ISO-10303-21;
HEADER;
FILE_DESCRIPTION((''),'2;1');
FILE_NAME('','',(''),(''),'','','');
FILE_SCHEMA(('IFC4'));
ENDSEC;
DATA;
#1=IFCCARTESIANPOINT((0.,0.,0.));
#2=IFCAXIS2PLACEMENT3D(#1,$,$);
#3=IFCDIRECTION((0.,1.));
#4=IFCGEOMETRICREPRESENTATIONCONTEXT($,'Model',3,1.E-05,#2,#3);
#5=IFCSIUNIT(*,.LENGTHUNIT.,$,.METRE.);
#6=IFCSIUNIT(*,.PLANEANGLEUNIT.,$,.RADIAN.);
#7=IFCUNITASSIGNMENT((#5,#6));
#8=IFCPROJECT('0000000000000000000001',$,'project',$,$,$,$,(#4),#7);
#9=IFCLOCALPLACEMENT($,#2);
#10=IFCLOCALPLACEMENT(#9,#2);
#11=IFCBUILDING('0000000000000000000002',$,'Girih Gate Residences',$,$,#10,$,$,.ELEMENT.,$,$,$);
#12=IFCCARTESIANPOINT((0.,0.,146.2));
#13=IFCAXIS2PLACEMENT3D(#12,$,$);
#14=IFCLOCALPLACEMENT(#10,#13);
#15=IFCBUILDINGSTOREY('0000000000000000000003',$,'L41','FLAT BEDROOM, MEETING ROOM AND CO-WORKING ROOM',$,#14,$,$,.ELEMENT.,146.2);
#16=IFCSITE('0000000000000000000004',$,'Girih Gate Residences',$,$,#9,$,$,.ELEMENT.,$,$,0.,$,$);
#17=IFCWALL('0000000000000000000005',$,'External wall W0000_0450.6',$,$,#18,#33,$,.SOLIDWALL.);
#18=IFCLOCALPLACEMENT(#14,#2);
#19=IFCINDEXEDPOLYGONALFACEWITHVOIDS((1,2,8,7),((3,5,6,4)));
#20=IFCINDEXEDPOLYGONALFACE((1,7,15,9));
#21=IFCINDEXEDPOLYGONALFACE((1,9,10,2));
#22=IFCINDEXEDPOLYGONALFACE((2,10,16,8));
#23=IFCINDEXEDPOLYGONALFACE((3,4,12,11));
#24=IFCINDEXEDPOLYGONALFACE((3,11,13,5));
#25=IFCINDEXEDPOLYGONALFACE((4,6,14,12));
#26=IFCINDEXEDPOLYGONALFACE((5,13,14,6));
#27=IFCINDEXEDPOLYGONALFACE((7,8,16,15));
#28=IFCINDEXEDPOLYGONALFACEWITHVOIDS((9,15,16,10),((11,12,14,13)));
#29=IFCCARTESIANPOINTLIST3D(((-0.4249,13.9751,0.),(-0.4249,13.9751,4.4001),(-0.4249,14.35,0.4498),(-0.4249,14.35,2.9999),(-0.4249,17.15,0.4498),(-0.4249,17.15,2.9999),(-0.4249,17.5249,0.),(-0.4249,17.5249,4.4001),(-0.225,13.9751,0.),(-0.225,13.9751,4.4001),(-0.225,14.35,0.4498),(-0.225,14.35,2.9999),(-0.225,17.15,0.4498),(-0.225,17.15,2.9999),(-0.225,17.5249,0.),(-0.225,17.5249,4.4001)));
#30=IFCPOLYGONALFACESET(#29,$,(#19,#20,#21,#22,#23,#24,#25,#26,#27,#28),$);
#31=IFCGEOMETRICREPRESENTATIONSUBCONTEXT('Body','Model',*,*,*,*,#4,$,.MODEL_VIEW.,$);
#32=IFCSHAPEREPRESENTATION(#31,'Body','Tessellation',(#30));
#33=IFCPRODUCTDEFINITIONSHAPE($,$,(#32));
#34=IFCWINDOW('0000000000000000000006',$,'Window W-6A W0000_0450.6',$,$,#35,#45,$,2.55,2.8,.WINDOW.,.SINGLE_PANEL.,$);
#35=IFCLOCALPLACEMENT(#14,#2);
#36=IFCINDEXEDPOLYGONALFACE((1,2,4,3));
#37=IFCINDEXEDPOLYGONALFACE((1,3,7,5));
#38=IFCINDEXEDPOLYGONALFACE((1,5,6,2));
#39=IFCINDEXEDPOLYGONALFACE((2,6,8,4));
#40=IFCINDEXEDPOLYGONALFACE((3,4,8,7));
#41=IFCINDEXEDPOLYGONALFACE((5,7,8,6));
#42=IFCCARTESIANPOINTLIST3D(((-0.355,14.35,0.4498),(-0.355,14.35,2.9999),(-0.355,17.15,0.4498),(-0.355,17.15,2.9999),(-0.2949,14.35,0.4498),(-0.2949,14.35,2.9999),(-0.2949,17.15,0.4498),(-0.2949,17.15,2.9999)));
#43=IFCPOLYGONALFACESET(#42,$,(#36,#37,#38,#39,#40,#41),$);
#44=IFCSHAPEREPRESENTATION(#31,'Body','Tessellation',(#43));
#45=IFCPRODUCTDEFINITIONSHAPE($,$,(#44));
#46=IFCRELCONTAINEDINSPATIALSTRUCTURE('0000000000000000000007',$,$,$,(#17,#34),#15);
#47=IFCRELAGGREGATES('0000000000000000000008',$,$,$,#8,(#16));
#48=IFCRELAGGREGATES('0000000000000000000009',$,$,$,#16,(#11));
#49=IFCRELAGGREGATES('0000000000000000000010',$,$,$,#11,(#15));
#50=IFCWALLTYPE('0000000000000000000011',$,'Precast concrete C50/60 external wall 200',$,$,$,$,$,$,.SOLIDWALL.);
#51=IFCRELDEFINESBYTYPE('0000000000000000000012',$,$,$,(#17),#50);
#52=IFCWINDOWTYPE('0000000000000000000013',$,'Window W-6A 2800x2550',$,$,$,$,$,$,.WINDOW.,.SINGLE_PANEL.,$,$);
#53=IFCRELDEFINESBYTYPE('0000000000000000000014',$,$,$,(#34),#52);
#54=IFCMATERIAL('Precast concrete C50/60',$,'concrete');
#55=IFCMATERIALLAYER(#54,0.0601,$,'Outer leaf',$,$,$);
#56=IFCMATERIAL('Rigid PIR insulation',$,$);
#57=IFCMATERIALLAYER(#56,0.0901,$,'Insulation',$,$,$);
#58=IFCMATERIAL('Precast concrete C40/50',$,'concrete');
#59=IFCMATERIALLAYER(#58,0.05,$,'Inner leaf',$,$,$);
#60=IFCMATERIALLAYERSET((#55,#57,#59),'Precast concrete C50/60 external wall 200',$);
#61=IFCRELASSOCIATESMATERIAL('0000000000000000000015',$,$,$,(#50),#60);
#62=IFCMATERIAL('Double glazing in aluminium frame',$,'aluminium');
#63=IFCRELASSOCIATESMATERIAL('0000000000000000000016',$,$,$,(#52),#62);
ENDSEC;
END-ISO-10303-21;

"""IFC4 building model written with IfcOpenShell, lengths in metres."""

from ifc_helpers import new_model, si_unit, direction, frame, frame_2d, origin, place, context, subcontext, project, spatial, rectangle, extrude, material, layer, layer_set, type_object, element, fill, save


model = new_model("IFC4")

# Units and contexts
model_context = context("Model", 3, precision=1e-05, world=origin(), true_north=direction((0.0, 1.0)))
body_context = subcontext(model_context, "Body", "Model", "MODEL_VIEW")
ifc_project = project(units=[si_unit("LENGTHUNIT", "METRE"), si_unit("PLANEANGLEUNIT", "RADIAN")], contexts=[model_context])

# Site, building, storey
site_placement = place(None, origin())
site = spatial("IfcSite", under=ifc_project, at=site_placement, Name="Girih Gate Residences", CompositionType="ELEMENT", RefElevation=0.0)
building_placement = place(site_placement, origin())
building = spatial("IfcBuilding", under=site, at=building_placement, Name="Girih Gate Residences", CompositionType="ELEMENT")
storey_placement = place(building_placement, frame((0.0, 0.0, 146.2)))
storey = spatial("IfcBuildingStorey", under=building, at=storey_placement, Name="L41", Description="FLAT BEDROOM, MEETING ROOM AND CO-WORKING ROOM", CompositionType="ELEMENT", Elevation=146.2)

# Wall, opening, window
ifc_material_1 = material(Name="Precast concrete C50/60", Category="concrete")
ifc_layer_1 = layer(ifc_material_1, 0.0601, Name="Outer leaf")
ifc_material_2 = material(Name="Rigid PIR insulation")
ifc_layer_2 = layer(ifc_material_2, 0.0901, Name="Insulation")
ifc_material_3 = material(Name="Precast concrete C40/50", Category="concrete")
ifc_layer_3 = layer(ifc_material_3, 0.05, Name="Inner leaf")
ifc_layer_set_1 = layer_set([ifc_layer_1, ifc_layer_2, ifc_layer_3], Name="Precast concrete C50/60 external wall 200")
wall_type_1 = type_object("IfcWallType", Name="Precast concrete C50/60 external wall 200", PredefinedType="SOLIDWALL", material=ifc_layer_set_1)
ifc_material_4 = material(Name="Double glazing in aluminium frame", Category="aluminium")
window_type = type_object("IfcWindowType", Name="Window W-6A 2800x2550", PartitioningType="SINGLE_PANEL", PredefinedType="WINDOW", material=ifc_material_4)
wall_1_placement = place(storey_placement, frame((-0.325, 13.9751, 0.0), z_axis=(0.0, 0.0, 1.0), x_axis=(0.0, 1.0, 0.0)))
wall_1 = element("IfcWall", 1, at=wall_1_placement, inside=storey, type_object=wall_type_1, Name="External wall W0000_0450.6", PredefinedType="SOLIDWALL", context=body_context, shape_type="SweptSolid", body=[
    extrude(rectangle(XDim=3.5498, YDim=0.2, at=frame_2d((1.7749, 0.0))), origin(), (0.0, 0.0, 1.0), 4.4001),
])
opening_1_placement = place(wall_1_placement, frame((0.375, 0.0, 0.45)))
opening_1 = element("IfcOpeningElement", 2, at=opening_1_placement, cuts=wall_1, PredefinedType="OPENING", context=body_context, shape_type="SweptSolid", body=[
    extrude(rectangle(XDim=2.8, YDim=2.55, at=frame_2d((1.3999, 1.2749))), frame((0.0, 0.1099, 0.0), z_axis=(0.0, -1.0, 0.0), x_axis=(1.0, 0.0, 0.0)), (0.0, 0.0, 1.0), 0.22),
])
window_1_placement = place(opening_1_placement, origin())
window_1 = element("IfcWindow", 3, at=window_1_placement, inside=storey, type_object=window_type, Name="Window W-6A W0000_0450.6", OverallHeight=2.55, OverallWidth=2.8, PartitioningType="SINGLE_PANEL", PredefinedType="WINDOW", context=body_context, shape_type="SweptSolid", body=[
    extrude(rectangle(XDim=2.8, YDim=2.55, at=frame_2d((1.3999, 1.2749))), frame((0.0, 0.03, 0.0), z_axis=(0.0, -1.0, 0.0), x_axis=(1.0, 0.0, 0.0)), (0.0, 0.0, 1.0), 0.0601),
])
fill(opening_1, window_1)

save(model, "model.ifc")
